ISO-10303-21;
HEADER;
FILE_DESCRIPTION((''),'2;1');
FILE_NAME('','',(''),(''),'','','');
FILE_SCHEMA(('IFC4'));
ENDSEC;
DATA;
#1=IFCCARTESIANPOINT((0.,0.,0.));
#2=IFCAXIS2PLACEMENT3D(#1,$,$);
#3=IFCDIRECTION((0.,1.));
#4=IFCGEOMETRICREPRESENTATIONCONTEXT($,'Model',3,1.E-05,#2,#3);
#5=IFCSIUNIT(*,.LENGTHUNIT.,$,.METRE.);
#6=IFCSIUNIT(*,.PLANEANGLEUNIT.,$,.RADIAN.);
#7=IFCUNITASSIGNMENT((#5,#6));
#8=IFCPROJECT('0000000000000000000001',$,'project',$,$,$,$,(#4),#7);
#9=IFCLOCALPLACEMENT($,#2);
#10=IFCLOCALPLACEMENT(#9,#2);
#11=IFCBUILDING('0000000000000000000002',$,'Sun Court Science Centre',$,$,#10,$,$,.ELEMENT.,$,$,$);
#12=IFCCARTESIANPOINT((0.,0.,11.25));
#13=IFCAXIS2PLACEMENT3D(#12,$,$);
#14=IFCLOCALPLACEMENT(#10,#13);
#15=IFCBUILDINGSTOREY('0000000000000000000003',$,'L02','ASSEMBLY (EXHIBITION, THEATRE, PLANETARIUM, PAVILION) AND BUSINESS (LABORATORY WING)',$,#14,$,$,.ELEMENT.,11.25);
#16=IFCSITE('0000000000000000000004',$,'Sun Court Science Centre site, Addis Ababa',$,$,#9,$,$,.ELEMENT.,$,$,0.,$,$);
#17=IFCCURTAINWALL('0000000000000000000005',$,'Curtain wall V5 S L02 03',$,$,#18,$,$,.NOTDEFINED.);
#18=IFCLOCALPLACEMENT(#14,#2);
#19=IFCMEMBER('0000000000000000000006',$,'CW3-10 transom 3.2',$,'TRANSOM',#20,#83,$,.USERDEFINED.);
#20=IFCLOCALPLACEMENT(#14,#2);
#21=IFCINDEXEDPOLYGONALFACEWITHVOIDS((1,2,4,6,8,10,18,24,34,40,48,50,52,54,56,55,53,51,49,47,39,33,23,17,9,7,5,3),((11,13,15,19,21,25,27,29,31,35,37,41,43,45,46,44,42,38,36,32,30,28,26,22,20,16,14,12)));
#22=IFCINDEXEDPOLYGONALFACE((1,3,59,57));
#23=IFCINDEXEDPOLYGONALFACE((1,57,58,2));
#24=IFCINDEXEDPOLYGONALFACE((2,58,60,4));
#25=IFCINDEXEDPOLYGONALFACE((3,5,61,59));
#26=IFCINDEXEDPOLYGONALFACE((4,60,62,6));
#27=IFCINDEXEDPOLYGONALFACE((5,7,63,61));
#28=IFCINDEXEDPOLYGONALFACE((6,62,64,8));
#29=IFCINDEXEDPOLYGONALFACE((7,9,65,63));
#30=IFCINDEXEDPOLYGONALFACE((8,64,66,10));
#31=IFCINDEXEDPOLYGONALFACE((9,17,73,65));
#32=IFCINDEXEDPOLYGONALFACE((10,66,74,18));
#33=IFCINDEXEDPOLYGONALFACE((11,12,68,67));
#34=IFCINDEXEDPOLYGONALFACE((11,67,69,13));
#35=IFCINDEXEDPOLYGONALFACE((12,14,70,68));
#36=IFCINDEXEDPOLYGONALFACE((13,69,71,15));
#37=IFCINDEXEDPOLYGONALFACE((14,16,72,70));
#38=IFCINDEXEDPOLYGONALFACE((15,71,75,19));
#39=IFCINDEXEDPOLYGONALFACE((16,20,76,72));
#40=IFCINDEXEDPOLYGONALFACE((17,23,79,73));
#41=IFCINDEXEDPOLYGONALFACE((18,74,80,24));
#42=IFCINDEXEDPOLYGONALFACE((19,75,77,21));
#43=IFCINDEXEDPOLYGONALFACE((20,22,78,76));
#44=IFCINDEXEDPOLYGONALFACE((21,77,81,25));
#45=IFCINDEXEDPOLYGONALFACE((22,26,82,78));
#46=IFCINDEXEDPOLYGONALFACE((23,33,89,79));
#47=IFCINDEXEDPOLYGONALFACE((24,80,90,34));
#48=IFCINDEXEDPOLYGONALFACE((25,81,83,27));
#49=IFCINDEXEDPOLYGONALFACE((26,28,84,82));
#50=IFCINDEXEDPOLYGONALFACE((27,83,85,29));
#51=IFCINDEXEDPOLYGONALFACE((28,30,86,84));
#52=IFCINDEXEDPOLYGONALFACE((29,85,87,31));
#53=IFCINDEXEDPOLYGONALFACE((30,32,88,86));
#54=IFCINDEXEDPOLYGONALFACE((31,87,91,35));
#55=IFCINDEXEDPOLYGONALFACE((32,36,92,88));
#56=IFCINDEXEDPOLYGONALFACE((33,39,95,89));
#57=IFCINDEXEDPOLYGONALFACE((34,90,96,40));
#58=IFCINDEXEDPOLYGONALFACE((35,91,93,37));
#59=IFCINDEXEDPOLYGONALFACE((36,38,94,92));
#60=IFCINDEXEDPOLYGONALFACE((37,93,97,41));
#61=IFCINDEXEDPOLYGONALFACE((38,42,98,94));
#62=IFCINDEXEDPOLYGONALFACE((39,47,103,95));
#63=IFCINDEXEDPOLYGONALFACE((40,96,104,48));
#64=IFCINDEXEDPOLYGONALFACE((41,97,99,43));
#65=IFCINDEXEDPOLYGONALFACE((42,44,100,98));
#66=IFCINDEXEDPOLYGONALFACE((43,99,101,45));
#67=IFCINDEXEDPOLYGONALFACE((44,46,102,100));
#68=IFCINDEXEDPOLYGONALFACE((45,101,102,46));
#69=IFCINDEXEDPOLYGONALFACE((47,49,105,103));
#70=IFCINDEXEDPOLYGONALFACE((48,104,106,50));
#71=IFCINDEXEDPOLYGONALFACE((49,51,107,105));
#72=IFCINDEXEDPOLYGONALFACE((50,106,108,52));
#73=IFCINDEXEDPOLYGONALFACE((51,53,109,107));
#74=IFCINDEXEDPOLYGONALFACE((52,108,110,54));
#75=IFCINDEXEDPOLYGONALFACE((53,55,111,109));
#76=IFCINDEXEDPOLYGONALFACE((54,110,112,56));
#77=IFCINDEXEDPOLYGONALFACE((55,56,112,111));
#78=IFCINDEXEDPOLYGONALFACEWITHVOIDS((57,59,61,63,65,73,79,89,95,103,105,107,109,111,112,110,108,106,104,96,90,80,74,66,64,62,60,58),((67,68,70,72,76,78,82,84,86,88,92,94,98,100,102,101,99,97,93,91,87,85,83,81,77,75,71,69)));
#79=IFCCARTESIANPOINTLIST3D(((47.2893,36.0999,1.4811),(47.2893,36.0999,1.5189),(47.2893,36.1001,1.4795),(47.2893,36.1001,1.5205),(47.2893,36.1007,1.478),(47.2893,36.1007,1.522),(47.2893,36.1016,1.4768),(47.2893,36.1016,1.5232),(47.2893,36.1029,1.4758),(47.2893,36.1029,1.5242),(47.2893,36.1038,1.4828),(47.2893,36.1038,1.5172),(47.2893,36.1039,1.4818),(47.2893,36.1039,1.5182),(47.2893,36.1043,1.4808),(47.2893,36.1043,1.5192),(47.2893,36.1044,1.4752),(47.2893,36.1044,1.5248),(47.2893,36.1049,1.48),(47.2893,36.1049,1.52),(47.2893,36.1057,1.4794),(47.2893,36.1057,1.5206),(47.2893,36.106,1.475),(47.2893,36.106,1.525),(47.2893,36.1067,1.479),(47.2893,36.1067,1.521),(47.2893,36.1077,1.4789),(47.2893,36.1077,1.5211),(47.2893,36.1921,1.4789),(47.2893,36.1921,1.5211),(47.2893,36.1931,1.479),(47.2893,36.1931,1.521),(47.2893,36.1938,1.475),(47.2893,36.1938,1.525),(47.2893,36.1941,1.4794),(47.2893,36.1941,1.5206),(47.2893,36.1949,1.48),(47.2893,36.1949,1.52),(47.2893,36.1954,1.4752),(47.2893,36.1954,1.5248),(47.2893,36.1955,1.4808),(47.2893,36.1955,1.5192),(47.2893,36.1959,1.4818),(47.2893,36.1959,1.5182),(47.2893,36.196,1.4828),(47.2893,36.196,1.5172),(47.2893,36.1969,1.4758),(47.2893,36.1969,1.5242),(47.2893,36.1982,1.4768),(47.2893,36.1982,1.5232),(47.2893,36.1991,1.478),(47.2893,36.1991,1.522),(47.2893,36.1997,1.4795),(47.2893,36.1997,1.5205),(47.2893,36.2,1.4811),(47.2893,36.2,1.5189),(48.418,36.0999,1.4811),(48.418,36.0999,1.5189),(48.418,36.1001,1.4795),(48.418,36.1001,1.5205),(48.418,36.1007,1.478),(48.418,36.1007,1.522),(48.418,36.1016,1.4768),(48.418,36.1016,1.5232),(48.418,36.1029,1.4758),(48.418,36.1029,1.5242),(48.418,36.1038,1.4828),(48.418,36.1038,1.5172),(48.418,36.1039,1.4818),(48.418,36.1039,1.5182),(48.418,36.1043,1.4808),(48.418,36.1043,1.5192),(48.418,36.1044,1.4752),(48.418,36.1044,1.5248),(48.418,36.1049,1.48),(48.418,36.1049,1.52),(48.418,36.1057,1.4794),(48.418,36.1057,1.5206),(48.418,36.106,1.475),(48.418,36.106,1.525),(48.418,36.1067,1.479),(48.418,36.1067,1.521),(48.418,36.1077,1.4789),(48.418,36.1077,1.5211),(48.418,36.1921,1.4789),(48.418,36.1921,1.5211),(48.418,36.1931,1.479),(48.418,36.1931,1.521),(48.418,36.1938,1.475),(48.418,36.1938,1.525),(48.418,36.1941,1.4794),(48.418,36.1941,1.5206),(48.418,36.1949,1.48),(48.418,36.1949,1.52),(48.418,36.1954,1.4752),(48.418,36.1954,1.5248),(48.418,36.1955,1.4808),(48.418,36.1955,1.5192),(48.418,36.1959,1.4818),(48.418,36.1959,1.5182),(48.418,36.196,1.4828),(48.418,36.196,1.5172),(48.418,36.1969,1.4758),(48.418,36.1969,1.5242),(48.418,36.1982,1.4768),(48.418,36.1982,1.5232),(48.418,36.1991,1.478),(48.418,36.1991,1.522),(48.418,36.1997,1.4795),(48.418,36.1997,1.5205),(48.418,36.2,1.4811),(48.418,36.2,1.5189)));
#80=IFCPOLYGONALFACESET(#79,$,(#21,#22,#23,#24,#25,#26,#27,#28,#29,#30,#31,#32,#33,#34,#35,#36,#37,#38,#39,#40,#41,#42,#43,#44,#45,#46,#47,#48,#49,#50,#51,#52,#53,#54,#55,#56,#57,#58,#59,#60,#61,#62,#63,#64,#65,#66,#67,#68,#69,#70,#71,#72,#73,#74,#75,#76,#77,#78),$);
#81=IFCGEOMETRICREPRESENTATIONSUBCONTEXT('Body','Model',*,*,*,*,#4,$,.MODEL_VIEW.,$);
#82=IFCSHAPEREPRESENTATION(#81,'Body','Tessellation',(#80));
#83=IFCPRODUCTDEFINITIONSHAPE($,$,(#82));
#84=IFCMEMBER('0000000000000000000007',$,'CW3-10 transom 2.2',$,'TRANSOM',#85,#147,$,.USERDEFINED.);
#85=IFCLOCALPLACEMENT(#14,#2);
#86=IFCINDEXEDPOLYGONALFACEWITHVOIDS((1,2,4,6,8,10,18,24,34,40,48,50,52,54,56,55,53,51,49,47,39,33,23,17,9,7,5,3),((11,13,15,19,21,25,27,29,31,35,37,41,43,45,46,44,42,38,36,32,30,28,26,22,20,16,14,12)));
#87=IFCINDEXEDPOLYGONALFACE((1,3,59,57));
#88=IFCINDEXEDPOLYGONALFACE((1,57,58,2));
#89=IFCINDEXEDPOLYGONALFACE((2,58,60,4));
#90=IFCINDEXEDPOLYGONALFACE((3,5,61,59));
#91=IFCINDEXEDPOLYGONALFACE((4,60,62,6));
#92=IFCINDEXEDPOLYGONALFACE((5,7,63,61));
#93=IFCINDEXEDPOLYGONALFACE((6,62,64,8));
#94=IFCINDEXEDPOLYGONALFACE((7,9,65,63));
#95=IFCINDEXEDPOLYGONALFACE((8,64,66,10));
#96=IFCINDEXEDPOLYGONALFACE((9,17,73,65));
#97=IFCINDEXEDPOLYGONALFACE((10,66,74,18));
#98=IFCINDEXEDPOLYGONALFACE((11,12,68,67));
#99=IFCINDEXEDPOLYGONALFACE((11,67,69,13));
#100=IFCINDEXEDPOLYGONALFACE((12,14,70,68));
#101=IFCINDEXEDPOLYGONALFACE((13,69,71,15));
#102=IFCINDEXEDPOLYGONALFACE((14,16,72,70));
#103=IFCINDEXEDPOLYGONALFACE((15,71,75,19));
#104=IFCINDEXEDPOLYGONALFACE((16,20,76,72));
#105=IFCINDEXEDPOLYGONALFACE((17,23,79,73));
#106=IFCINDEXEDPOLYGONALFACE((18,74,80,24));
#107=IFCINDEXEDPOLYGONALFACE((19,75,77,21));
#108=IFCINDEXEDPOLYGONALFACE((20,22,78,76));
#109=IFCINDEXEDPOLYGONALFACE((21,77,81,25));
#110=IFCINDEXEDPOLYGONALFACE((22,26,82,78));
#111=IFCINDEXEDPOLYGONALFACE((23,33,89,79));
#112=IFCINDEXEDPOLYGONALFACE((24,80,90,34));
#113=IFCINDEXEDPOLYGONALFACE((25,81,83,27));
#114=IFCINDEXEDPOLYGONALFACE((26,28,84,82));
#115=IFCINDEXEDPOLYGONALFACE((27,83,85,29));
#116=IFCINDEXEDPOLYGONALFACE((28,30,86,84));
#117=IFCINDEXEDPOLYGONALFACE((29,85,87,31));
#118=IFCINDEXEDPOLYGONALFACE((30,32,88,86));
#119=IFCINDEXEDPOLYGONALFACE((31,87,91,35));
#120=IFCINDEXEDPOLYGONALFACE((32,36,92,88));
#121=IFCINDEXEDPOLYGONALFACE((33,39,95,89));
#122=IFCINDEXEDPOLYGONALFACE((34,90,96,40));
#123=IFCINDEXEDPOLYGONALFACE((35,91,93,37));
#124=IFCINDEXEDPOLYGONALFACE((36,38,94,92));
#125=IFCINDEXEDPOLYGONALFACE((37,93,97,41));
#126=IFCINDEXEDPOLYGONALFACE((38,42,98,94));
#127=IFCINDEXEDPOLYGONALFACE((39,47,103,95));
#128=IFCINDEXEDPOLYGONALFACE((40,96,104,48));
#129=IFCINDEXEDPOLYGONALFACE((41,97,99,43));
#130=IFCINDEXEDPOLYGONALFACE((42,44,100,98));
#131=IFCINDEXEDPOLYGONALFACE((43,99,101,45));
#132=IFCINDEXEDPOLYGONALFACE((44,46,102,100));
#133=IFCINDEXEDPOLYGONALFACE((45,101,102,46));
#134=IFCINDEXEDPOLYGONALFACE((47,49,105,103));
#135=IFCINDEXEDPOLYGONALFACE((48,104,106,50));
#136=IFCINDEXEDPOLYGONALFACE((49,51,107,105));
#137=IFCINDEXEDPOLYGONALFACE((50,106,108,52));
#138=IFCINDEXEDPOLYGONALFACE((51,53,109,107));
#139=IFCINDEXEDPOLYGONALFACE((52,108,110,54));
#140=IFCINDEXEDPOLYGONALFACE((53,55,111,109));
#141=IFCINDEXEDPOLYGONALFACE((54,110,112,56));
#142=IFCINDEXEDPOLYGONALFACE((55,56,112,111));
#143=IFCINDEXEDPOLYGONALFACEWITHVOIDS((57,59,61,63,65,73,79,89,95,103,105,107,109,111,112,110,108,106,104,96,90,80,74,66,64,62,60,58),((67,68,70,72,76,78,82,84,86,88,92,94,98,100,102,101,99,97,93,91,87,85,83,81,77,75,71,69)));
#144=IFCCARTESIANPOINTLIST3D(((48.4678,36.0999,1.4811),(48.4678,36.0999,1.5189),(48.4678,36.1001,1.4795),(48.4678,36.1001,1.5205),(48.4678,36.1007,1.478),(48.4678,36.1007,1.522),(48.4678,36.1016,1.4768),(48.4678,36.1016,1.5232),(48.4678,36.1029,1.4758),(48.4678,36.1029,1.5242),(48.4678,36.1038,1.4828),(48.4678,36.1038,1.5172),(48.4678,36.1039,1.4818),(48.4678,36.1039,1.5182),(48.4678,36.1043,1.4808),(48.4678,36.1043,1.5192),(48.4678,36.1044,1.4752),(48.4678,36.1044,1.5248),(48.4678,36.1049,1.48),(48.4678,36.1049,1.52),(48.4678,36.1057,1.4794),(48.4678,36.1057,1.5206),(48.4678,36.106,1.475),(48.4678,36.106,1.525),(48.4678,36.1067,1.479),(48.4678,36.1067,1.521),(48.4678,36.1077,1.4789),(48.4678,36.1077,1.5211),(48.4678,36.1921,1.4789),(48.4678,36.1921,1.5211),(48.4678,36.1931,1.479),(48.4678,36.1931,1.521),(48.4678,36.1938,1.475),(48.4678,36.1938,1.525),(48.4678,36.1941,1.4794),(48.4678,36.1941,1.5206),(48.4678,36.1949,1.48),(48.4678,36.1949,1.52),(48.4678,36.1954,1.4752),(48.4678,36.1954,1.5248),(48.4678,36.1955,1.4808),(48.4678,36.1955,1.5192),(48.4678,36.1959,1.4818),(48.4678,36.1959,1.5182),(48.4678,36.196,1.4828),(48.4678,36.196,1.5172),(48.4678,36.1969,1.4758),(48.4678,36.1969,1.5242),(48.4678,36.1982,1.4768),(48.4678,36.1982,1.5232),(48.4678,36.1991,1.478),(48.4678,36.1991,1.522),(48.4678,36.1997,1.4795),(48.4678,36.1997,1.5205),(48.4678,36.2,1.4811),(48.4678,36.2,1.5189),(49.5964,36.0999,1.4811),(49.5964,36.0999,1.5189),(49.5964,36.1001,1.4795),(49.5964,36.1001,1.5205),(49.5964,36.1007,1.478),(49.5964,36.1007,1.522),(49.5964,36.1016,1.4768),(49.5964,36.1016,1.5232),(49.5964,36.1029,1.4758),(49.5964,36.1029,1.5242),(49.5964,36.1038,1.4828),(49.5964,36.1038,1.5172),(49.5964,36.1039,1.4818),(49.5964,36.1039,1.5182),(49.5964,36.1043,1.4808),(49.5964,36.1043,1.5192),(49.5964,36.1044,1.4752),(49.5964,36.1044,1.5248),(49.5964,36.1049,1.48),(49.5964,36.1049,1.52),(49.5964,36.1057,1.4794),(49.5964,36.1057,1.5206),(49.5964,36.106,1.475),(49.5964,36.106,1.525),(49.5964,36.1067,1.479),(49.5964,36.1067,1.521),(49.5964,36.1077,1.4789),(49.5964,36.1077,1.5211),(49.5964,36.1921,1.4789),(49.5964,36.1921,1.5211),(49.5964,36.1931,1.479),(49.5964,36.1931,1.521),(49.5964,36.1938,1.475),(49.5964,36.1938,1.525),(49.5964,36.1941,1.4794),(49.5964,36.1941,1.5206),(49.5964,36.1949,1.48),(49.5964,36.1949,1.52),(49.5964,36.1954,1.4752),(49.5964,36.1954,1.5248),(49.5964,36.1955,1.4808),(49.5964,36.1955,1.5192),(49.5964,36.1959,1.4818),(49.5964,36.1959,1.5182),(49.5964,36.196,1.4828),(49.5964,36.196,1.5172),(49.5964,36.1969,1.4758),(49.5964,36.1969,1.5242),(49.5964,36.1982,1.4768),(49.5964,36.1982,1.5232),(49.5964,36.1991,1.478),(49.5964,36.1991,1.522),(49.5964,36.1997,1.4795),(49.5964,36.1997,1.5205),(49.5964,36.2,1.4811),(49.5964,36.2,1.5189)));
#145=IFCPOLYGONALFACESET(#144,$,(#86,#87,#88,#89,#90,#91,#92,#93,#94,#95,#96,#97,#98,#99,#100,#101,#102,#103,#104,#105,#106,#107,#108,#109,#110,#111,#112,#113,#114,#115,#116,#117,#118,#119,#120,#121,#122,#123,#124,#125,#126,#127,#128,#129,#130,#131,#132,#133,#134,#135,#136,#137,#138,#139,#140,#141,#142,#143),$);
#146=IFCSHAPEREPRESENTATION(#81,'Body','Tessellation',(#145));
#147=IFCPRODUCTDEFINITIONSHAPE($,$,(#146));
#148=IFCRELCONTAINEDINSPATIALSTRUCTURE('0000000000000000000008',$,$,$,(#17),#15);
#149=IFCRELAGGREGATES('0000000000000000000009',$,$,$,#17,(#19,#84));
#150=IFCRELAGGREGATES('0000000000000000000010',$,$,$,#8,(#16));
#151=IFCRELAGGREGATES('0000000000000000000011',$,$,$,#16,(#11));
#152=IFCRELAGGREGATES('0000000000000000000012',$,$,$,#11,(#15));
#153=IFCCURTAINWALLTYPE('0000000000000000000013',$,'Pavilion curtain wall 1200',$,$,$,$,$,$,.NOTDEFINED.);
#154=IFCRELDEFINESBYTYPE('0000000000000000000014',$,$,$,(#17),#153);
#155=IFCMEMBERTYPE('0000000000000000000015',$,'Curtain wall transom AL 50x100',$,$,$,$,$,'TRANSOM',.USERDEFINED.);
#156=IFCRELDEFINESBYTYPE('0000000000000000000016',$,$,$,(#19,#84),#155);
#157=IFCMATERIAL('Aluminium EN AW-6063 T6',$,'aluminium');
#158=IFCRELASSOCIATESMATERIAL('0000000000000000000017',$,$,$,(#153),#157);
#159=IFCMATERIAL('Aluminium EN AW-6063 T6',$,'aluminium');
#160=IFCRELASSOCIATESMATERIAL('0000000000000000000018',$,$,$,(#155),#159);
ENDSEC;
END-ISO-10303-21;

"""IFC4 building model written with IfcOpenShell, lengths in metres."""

from ifc_helpers import new_model, si_unit, direction, frame, origin, origin_2d, place, context, subcontext, project, spatial, hollow_rectangle, extrude, material, material_profile, profile_set, type_object, element, aggregate, save


model = new_model("IFC4")

# Units and contexts
model_context = context("Model", 3, precision=1e-05, world=origin(), true_north=direction((0.0, 1.0)))
body_context = subcontext(model_context, "Body", "Model", "MODEL_VIEW")
ifc_project = project(units=[si_unit("LENGTHUNIT", "METRE"), si_unit("PLANEANGLEUNIT", "RADIAN")], contexts=[model_context])

# Site, building, storey
site_placement = place(None, origin())
site = spatial("IfcSite", under=ifc_project, at=site_placement, Name="Sun Court Science Centre site, Addis Ababa", CompositionType="ELEMENT", RefElevation=0.0)
building_placement = place(site_placement, origin())
building = spatial("IfcBuilding", under=site, at=building_placement, Name="Sun Court Science Centre", CompositionType="ELEMENT")
storey_placement = place(building_placement, frame((0.0, 0.0, 11.25)))
storey = spatial("IfcBuildingStorey", under=building, at=storey_placement, Name="L02", Description="ASSEMBLY (EXHIBITION, THEATRE, PLANETARIUM, PAVILION) AND BUSINESS (LABORATORY WING)", CompositionType="ELEMENT", Elevation=11.25)

# Curtain wall, members
ifc_material_1 = material(Name="Aluminium EN AW-6063 T6", Category="aluminium")
curtain_wall_type = type_object("IfcCurtainWallType", Name="Pavilion curtain wall 1200", PredefinedType="NOTDEFINED", material=ifc_material_1)
curtain_wall_placement = place(storey_placement, origin())
curtain_wall = element("IfcCurtainWall", 1, at=curtain_wall_placement, inside=storey, type_object=curtain_wall_type, Name="Curtain wall V5 S L02 03", PredefinedType="NOTDEFINED")
ifc_material_2 = material(Name="Aluminium EN AW-6063 T6", Category="aluminium")
ifc_material_profile_1 = material_profile(ifc_material_2, hollow_rectangle(XDim=0.05, YDim=0.1001, WallThickness=0.0039, InnerFilletRadius=0.0039, OuterFilletRadius=0.0061, at=origin_2d()), Name="AL 50x100x4")
ifc_profile_set_1 = profile_set([ifc_material_profile_1], Name="Aluminium EN AW-6063 T6")
member_type_1 = type_object("IfcMemberType", Name="Curtain wall transom AL 50x100", ElementType="TRANSOM", PredefinedType="USERDEFINED", material=ifc_profile_set_1)
member_1_placement = place(storey_placement, frame((48.418, 36.1499, 1.5), z_axis=(-1.0, 0.0, 0.0), x_axis=(0.0, 0.0, 1.0)))
member_1 = element("IfcMember", 2, at=member_1_placement, type_object=member_type_1, Name="CW3-10 transom 3.2", ObjectType="TRANSOM", PredefinedType="USERDEFINED", context=body_context, shape_type="SweptSolid", body=[
    extrude(hollow_rectangle(XDim=0.05, YDim=0.1001, WallThickness=0.0039, InnerFilletRadius=0.0039, OuterFilletRadius=0.0061, at=origin_2d()), origin(), (0.0, 0.0, 1.0), 1.1287),
])
member_2_placement = place(storey_placement, frame((49.5964, 36.1499, 1.5), z_axis=(-1.0, 0.0, 0.0), x_axis=(0.0, 0.0, 1.0)))
member_2 = element("IfcMember", 3, at=member_2_placement, type_object=member_type_1, Name="CW3-10 transom 2.2", ObjectType="TRANSOM", PredefinedType="USERDEFINED", context=body_context, shape_type="SweptSolid", body=[
    extrude(hollow_rectangle(XDim=0.05, YDim=0.1001, WallThickness=0.0039, InnerFilletRadius=0.0039, OuterFilletRadius=0.0061, at=origin_2d()), origin(), (0.0, 0.0, 1.0), 1.1287),
])
aggregate(curtain_wall, [member_1, member_2])

save(model, "model.ifc")
